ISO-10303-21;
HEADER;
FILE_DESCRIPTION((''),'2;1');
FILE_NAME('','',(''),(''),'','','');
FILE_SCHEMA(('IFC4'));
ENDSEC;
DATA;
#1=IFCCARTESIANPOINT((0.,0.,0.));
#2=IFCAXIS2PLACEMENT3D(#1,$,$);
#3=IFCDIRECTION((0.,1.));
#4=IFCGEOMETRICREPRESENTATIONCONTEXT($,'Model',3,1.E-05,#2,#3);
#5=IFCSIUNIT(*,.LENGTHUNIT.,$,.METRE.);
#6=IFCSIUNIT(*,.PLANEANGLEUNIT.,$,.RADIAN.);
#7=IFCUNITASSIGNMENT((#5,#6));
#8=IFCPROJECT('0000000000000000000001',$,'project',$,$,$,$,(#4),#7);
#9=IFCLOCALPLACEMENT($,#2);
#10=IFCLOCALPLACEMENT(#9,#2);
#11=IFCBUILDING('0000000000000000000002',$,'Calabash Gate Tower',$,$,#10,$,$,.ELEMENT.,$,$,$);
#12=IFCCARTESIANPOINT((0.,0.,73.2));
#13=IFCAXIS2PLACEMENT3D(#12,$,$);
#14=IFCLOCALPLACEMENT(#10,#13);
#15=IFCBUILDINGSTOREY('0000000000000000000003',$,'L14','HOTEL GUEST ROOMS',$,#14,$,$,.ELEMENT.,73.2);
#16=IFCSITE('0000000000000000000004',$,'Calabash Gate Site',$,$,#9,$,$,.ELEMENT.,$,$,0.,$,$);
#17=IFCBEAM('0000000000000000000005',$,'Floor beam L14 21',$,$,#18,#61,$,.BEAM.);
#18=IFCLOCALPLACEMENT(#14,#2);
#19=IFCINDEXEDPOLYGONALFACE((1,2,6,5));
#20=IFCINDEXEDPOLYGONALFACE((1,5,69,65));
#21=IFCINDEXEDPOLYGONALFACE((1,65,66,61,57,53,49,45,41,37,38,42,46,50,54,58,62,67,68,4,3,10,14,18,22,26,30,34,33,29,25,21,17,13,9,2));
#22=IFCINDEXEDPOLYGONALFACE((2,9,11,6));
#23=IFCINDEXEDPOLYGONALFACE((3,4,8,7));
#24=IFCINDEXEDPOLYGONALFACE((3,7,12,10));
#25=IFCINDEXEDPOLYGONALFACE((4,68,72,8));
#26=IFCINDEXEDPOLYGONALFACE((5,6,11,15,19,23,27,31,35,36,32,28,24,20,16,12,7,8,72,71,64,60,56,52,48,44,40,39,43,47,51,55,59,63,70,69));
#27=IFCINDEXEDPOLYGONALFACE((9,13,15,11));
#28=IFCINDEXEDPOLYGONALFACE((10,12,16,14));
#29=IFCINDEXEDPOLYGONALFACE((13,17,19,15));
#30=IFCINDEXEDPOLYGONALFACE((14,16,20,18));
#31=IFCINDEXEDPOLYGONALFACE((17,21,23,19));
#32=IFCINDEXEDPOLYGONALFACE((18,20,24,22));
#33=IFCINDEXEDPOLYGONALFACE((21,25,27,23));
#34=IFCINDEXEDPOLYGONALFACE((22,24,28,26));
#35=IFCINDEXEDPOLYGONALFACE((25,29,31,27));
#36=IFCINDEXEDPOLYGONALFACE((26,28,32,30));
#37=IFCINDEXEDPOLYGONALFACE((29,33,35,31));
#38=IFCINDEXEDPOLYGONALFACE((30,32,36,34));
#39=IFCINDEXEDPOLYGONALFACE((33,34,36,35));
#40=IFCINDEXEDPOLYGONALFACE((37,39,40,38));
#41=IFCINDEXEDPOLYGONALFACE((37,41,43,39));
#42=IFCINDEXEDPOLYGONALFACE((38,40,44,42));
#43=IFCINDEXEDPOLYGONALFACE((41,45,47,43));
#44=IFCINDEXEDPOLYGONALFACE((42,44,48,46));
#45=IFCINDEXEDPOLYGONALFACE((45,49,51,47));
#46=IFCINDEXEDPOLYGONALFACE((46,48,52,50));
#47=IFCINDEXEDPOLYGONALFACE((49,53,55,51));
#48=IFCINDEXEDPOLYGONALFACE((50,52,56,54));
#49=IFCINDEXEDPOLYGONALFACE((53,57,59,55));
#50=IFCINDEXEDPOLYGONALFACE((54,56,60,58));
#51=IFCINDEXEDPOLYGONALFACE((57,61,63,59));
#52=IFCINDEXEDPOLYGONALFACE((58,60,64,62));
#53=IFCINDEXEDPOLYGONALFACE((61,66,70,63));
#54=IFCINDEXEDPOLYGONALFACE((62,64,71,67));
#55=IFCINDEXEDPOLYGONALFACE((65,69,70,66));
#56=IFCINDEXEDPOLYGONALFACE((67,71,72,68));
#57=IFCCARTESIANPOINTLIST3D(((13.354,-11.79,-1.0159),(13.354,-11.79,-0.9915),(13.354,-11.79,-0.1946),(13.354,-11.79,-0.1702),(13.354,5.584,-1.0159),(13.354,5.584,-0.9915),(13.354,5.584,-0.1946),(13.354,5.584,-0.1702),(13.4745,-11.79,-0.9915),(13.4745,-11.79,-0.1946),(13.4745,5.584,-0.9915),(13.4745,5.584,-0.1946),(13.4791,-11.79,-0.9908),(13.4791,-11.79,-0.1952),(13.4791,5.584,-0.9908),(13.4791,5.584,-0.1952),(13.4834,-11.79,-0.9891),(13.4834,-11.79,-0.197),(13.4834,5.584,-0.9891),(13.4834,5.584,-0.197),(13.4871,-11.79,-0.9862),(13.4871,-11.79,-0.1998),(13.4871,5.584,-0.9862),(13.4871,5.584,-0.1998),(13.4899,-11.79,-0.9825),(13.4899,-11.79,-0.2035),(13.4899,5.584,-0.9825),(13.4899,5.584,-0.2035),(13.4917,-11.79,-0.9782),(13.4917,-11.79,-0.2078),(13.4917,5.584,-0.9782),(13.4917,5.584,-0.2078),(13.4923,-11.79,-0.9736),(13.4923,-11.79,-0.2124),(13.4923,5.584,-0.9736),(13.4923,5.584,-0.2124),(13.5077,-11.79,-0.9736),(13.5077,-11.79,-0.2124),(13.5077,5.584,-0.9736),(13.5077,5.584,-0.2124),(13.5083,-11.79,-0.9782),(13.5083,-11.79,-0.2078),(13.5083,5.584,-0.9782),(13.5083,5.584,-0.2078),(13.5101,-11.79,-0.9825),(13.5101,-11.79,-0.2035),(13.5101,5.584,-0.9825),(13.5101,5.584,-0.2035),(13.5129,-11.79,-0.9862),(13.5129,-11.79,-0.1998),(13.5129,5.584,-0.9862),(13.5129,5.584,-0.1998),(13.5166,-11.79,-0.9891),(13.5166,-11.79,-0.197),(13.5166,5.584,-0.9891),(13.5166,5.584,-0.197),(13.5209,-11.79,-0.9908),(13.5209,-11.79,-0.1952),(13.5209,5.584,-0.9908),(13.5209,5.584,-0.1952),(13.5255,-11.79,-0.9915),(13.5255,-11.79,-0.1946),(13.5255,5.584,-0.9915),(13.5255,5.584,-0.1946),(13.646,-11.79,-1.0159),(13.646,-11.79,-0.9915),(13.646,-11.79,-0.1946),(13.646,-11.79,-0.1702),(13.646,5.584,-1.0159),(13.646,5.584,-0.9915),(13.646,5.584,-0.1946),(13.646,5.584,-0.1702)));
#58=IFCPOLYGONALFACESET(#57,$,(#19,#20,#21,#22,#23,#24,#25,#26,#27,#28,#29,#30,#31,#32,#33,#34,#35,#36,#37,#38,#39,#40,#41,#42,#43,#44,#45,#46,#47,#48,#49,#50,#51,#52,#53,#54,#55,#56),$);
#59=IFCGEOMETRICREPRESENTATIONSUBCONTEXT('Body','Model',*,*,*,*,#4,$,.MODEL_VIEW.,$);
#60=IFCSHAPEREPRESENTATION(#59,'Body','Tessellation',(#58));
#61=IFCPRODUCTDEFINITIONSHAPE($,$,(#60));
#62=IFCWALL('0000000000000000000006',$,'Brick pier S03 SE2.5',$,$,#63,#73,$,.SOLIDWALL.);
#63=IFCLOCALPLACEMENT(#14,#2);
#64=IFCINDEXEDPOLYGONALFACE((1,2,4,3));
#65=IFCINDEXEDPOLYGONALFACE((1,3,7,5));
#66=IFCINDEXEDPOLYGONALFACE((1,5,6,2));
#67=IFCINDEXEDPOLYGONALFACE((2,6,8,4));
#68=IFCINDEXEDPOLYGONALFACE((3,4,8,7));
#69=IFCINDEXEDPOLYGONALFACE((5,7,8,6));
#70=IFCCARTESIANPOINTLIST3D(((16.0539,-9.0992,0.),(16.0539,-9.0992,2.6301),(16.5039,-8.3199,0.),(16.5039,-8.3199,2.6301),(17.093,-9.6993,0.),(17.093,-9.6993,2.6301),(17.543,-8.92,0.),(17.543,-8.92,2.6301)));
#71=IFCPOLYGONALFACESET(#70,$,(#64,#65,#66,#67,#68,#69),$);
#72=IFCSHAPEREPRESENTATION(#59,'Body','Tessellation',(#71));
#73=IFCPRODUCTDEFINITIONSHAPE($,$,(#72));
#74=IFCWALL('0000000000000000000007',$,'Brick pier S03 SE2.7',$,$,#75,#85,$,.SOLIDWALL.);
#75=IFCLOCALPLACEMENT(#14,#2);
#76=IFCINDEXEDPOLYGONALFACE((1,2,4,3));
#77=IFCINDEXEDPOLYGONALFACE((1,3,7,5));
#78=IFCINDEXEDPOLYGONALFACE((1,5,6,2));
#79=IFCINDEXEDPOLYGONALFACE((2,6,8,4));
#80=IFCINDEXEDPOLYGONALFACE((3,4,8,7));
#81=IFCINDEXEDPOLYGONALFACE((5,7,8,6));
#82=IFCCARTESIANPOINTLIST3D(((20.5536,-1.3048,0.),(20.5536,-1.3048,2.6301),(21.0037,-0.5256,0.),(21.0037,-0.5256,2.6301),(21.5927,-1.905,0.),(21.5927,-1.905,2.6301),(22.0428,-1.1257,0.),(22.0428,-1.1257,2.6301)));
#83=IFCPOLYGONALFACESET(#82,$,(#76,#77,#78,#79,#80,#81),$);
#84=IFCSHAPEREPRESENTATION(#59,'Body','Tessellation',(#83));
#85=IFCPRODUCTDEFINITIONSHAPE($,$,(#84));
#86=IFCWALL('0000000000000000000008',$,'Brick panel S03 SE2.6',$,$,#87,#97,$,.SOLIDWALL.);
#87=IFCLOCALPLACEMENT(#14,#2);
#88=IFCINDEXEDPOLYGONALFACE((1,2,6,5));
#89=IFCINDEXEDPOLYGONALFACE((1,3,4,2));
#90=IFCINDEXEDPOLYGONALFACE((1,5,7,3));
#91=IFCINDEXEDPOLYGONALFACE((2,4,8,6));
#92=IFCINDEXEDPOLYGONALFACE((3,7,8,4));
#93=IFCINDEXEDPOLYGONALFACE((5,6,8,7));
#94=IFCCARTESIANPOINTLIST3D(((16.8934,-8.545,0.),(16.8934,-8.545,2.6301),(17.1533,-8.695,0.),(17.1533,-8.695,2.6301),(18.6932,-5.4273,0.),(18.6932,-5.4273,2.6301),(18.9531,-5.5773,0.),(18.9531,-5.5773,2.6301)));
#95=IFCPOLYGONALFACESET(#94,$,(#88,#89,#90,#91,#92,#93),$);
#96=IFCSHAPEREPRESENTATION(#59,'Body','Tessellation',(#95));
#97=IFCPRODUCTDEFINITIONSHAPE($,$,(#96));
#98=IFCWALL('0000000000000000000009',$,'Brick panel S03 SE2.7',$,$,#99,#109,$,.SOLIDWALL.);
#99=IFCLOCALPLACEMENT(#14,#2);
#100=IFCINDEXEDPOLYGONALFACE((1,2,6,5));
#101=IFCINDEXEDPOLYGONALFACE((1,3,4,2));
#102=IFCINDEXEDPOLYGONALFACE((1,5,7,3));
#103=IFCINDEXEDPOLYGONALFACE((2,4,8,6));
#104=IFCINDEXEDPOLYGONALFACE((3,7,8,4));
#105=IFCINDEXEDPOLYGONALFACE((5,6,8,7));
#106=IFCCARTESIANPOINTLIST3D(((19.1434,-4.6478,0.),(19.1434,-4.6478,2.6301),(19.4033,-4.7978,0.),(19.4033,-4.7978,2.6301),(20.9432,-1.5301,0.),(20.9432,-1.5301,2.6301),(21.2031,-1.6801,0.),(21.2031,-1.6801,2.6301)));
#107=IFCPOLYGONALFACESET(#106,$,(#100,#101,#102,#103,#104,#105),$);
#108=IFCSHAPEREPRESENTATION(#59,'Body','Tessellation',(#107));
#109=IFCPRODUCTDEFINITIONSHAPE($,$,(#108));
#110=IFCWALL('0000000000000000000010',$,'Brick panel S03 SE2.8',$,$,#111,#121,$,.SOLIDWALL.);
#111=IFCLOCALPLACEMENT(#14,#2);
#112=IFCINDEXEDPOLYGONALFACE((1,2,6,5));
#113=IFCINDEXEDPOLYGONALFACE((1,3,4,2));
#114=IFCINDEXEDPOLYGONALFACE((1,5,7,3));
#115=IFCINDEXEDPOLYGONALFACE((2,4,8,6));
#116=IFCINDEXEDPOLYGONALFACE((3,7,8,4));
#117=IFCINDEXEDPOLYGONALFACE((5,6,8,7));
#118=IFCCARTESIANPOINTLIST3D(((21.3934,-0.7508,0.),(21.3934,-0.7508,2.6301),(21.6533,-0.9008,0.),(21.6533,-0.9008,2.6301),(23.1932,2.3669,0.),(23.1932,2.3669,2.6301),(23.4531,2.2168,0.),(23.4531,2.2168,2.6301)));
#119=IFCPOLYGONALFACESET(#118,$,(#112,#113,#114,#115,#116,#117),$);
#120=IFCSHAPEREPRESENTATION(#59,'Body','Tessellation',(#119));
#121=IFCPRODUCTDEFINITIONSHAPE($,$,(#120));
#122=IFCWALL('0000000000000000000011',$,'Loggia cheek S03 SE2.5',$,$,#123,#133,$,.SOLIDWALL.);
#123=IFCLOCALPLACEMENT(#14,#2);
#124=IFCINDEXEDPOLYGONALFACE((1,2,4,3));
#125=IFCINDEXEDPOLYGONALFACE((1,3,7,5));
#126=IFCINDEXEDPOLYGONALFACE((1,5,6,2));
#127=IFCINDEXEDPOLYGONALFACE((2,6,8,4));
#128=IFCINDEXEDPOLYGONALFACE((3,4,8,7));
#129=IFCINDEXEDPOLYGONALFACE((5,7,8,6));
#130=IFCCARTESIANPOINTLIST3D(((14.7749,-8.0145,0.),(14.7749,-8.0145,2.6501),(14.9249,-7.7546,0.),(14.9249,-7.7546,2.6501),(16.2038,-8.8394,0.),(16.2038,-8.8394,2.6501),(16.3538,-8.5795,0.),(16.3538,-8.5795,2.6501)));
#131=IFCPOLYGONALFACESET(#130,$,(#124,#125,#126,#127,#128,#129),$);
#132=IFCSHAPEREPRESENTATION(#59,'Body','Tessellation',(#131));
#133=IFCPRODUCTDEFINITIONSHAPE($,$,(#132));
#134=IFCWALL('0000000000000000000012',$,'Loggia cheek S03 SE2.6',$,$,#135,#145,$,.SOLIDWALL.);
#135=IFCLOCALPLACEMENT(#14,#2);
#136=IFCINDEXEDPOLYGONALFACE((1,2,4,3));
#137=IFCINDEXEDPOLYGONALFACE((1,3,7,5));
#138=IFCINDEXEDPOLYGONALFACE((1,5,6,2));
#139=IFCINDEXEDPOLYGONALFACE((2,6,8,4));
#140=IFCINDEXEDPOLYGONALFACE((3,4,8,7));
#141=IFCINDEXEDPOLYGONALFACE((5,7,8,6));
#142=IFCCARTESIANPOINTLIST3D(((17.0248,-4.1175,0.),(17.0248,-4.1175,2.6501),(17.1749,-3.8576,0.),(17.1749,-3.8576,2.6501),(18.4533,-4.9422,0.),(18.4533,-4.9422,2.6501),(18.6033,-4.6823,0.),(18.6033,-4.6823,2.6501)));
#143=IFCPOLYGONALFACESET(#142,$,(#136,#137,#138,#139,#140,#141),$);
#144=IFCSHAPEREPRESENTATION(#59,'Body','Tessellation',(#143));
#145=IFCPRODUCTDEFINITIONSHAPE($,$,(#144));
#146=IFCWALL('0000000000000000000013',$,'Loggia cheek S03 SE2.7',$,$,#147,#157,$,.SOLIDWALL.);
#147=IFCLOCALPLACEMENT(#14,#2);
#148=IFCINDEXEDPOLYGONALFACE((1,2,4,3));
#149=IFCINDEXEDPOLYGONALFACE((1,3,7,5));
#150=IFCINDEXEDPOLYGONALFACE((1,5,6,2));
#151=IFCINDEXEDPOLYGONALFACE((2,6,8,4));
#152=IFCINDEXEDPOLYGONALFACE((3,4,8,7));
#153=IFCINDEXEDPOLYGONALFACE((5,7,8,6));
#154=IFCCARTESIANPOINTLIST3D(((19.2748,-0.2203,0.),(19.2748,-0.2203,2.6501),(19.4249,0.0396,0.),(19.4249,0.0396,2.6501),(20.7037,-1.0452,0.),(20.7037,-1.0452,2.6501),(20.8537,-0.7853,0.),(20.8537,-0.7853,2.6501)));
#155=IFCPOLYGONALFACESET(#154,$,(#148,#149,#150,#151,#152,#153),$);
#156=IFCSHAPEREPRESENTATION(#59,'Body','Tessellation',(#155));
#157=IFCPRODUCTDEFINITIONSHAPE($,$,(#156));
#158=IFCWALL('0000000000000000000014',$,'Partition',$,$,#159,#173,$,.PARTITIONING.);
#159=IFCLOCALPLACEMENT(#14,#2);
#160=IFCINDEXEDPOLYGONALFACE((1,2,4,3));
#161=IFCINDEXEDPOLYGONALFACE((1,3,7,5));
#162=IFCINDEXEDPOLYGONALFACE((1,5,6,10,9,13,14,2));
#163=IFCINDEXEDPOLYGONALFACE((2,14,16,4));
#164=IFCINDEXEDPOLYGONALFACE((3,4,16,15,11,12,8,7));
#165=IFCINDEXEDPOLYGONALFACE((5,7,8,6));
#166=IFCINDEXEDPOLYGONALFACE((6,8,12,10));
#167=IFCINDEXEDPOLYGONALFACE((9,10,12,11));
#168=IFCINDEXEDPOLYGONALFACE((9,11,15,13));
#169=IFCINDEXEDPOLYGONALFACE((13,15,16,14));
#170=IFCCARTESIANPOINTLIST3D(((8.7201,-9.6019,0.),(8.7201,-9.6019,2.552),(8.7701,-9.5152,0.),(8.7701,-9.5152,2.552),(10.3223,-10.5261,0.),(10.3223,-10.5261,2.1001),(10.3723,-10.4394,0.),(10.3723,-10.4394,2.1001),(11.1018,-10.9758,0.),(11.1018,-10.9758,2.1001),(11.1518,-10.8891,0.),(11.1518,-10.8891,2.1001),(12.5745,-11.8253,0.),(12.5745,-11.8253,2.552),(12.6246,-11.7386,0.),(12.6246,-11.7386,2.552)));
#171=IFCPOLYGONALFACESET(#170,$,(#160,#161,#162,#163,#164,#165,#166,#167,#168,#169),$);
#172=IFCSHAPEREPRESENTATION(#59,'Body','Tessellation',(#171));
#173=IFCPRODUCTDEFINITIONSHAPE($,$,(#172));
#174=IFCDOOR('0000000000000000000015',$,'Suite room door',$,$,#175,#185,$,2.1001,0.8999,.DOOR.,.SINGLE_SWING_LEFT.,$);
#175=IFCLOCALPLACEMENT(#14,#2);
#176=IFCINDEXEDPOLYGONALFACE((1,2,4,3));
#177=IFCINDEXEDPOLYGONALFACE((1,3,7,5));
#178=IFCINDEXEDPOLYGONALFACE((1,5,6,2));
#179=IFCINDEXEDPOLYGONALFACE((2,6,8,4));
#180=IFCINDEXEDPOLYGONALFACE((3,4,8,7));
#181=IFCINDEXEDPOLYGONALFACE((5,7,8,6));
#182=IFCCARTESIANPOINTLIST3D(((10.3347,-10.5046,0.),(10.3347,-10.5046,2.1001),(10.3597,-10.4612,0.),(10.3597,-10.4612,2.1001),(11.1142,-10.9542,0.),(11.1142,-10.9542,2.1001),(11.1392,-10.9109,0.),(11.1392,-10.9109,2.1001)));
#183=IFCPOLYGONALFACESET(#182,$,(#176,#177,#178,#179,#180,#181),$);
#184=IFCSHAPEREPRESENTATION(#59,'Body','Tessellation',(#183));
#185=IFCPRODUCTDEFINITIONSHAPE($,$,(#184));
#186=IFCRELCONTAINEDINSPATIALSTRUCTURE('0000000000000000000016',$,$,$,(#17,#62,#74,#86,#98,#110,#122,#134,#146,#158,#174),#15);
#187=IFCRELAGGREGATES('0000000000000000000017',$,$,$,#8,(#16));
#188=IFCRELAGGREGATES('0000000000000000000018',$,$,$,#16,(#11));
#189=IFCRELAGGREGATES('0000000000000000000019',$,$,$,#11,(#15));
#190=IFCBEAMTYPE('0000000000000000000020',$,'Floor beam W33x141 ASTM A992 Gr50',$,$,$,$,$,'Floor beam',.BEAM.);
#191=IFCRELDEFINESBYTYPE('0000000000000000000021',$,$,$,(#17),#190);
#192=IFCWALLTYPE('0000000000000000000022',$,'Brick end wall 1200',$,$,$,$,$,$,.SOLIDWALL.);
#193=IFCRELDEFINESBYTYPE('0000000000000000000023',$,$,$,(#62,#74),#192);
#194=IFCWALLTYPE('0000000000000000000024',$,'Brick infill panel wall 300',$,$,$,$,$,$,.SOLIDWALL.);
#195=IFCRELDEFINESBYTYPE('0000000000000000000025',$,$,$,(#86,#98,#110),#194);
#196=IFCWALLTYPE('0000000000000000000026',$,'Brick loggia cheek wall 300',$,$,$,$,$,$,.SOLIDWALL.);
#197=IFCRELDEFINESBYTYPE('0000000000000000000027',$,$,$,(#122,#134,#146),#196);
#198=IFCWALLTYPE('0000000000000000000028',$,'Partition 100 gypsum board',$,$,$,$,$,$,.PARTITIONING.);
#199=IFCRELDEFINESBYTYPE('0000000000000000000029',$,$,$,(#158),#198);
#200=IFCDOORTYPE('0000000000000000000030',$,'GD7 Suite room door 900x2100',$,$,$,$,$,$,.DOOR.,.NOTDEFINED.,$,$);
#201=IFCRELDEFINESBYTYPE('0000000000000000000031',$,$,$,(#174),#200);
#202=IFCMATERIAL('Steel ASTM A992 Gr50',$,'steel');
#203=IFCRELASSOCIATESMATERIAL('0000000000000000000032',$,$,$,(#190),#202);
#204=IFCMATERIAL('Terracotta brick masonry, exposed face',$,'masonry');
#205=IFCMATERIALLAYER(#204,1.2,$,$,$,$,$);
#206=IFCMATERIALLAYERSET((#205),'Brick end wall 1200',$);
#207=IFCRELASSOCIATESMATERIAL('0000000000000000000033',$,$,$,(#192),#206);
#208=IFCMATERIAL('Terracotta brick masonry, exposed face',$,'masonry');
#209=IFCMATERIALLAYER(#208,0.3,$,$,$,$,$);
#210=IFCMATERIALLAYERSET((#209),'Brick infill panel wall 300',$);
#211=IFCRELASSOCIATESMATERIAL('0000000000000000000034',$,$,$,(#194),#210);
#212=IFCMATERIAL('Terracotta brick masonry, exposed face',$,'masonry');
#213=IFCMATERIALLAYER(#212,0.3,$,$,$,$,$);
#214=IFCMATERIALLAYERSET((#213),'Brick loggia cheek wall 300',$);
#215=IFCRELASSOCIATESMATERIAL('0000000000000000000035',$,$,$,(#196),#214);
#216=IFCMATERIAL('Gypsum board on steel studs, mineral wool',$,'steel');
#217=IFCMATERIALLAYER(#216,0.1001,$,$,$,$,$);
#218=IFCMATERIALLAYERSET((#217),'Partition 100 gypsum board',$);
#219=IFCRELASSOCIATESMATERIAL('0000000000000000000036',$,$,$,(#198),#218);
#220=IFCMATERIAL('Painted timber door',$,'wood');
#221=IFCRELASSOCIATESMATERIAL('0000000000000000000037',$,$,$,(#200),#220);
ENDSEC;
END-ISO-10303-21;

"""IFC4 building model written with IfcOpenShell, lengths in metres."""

from ifc_helpers import new_model, si_unit, direction, frame, frame_2d, origin, origin_2d, place, context, subcontext, project, spatial, rectangle, i_section, extrude, material, layer, layer_set, material_profile, profile_set, type_object, element, fill, save


model = new_model("IFC4")

# Units and contexts
model_context = context("Model", 3, precision=1e-05, world=origin(), true_north=direction((0.0, 1.0)))
body_context = subcontext(model_context, "Body", "Model", "MODEL_VIEW")
ifc_project = project(units=[si_unit("LENGTHUNIT", "METRE"), si_unit("PLANEANGLEUNIT", "RADIAN")], contexts=[model_context])

# Site, building, storey
site_placement = place(None, origin())
site = spatial("IfcSite", under=ifc_project, at=site_placement, Name="Calabash Gate Site", CompositionType="ELEMENT", RefElevation=0.0)
building_placement = place(site_placement, origin())
building = spatial("IfcBuilding", under=site, at=building_placement, Name="Calabash Gate Tower", CompositionType="ELEMENT")
storey_placement = place(building_placement, frame((0.0, 0.0, 73.2)))
storey = spatial("IfcBuildingStorey", under=building, at=storey_placement, Name="L14", Description="HOTEL GUEST ROOMS", CompositionType="ELEMENT", Elevation=73.2)

# Beam
ifc_material_1 = material(Name="Steel ASTM A992 Gr50", Category="steel")
ifc_material_profile_1 = material_profile(ifc_material_1, i_section(OverallWidth=0.292, OverallDepth=0.8457, WebThickness=0.0154, FlangeThickness=0.0244, FilletRadius=0.0178, at=origin_2d()))
ifc_profile_set_1 = profile_set([ifc_material_profile_1], Name="Steel ASTM A992 Gr50")
beam_type_1 = type_object("IfcBeamType", Name="Floor beam W33x141 ASTM A992 Gr50", ElementType="Floor beam", PredefinedType="BEAM", material=ifc_profile_set_1)
beam_1_placement = place(storey_placement, frame((13.5, -11.79, -0.593), z_axis=(0.0, 1.0, 0.0), x_axis=(-1.0, 0.0, 0.0)))
element("IfcBeam", 1, at=beam_1_placement, inside=storey, type_object=beam_type_1, Name="Floor beam L14 21", PredefinedType="BEAM", context=body_context, shape_type="SweptSolid", body=[
    extrude(i_section(OverallWidth=0.292, OverallDepth=0.8457, WebThickness=0.0154, FlangeThickness=0.0244, FilletRadius=0.0178, at=origin_2d()), origin(), (0.0, 0.0, 1.0), 17.374),
])

# Walls
ifc_material_2 = material(Name="Terracotta brick masonry, exposed face", Category="masonry")
ifc_layer_1 = layer(ifc_material_2, 1.2)
ifc_layer_set_1 = layer_set([ifc_layer_1], Name="Brick end wall 1200")
wall_type_1 = type_object("IfcWallType", Name="Brick end wall 1200", PredefinedType="SOLIDWALL", material=ifc_layer_set_1)
for number, where, z_axis, x_axis, name in (
    (2, (16.2788, -8.7095, 0.0), (0.0, 0.0, 1.0), (0.865955, -0.500122, 0.0), "Brick pier S03 SE2.5"),
    (3, (21.8179, -1.5154, 0.0), (0.0, 0.0, 1.0), (-0.865955, 0.500122, 0.0), "Brick pier S03 SE2.7"),
):
    element("IfcWall", number, at=place(storey_placement, frame(where, z_axis=z_axis, x_axis=x_axis)), inside=storey, type_object=wall_type_1, Name=name, PredefinedType="SOLIDWALL", context=body_context, shape_type="SweptSolid", body=[
        extrude(rectangle(XDim=1.2, YDim=0.8999, at=frame_2d((0.6001, 0.0))), origin(), (0.0, 0.0, 1.0), 2.6301),
    ])
ifc_material_3 = material(Name="Terracotta brick masonry, exposed face", Category="masonry")
ifc_layer_2 = layer(ifc_material_3, 0.3)
ifc_layer_set_2 = layer_set([ifc_layer_2], Name="Brick infill panel wall 300")
wall_type_2 = type_object("IfcWallType", Name="Brick infill panel wall 300", PredefinedType="SOLIDWALL", material=ifc_layer_set_2)
for number, where, z_axis, x_axis, name in (
    (4, (17.0234, -8.6199, 0.0), (0.0, 0.0, 1.0), (0.499961, 0.866048, 0.0), "Brick panel S03 SE2.6"),
    (5, (19.2734, -4.7227, 0.0), (0.0, 0.0, 1.0), (0.499961, 0.866048, 0.0), "Brick panel S03 SE2.7"),
    (6, (21.5234, -0.8257, 0.0), (0.0, 0.0, 1.0), (0.499961, 0.866048, 0.0), "Brick panel S03 SE2.8"),
):
    element("IfcWall", number, at=place(storey_placement, frame(where, z_axis=z_axis, x_axis=x_axis)), inside=storey, type_object=wall_type_2, Name=name, PredefinedType="SOLIDWALL", context=body_context, shape_type="SweptSolid", body=[
        extrude(rectangle(XDim=3.5999, YDim=0.3, at=frame_2d((1.7998, 0.0))), origin(), (0.0, 0.0, 1.0), 2.6301),
    ])
ifc_material_4 = material(Name="Terracotta brick masonry, exposed face", Category="masonry")
ifc_layer_3 = layer(ifc_material_4, 0.3)
ifc_layer_set_3 = layer_set([ifc_layer_3], Name="Brick loggia cheek wall 300")
wall_type_3 = type_object("IfcWallType", Name="Brick loggia cheek wall 300", PredefinedType="SOLIDWALL", material=ifc_layer_set_3)
wall_1_placement = place(storey_placement, frame((16.2788, -8.7095, 0.0), z_axis=(0.0, 0.0, 1.0), x_axis=(-0.86604, 0.499974, 0.0)))
element("IfcWall", 7, at=wall_1_placement, inside=storey, type_object=wall_type_3, Name="Loggia cheek S03 SE2.5", PredefinedType="SOLIDWALL", context=body_context, shape_type="SweptSolid", body=[
    extrude(rectangle(XDim=1.6499, YDim=0.3, at=frame_2d((0.825, 0.0))), origin(), (0.0, 0.0, 1.0), 2.6501),
])
wall_2_placement = place(storey_placement, frame((17.0999, -3.9875, 0.0), z_axis=(0.0, 0.0, 1.0), x_axis=(0.86603, -0.499992, 0.0)))
element("IfcWall", 8, at=wall_2_placement, inside=storey, type_object=wall_type_3, Name="Loggia cheek S03 SE2.6", PredefinedType="SOLIDWALL", context=body_context, shape_type="SweptSolid", body=[
    extrude(rectangle(XDim=1.6494, YDim=0.3, at=frame_2d((0.8247, 0.0))), origin(), (0.0, 0.0, 1.0), 2.6501),
])
wall_3_placement = place(storey_placement, frame((19.3499, -0.0903, 0.0), z_axis=(0.0, 0.0, 1.0), x_axis=(0.86604, -0.499974, 0.0)))
element("IfcWall", 9, at=wall_3_placement, inside=storey, type_object=wall_type_3, Name="Loggia cheek S03 SE2.7", PredefinedType="SOLIDWALL", context=body_context, shape_type="SweptSolid", body=[
    extrude(rectangle(XDim=1.6499, YDim=0.3, at=frame_2d((0.825, 0.0))), origin(), (0.0, 0.0, 1.0), 2.6501),
])

# Wall, opening, door
ifc_material_5 = material(Name="Gypsum board on steel studs, mineral wool", Category="steel")
ifc_layer_4 = layer(ifc_material_5, 0.1001)
ifc_layer_set_4 = layer_set([ifc_layer_4], Name="Partition 100 gypsum board")
wall_type_4 = type_object("IfcWallType", Name="Partition 100 gypsum board", PredefinedType="PARTITIONING", material=ifc_layer_set_4)
wall_4_placement = place(storey_placement, frame((8.7451, -9.5586, 0.0), z_axis=(0.0, 0.0, 1.0), x_axis=(0.86622, -0.499662, 0.0)))
wall_4 = element("IfcWall", 10, at=wall_4_placement, inside=storey, type_object=wall_type_4, Name="Partition", PredefinedType="PARTITIONING", context=body_context, shape_type="SweptSolid", body=[
    extrude(rectangle(XDim=4.4497, YDim=0.1001, at=frame_2d((2.2249, 0.0))), origin(), (0.0, 0.0, 1.0), 2.552),
])
opening_1_placement = place(wall_4_placement, frame((1.8496, 0.0, 0.0)))
opening_1 = element("IfcOpeningElement", 11, at=opening_1_placement, cuts=wall_4, PredefinedType="OPENING", context=body_context, shape_type="SweptSolid", body=[
    extrude(rectangle(XDim=0.8999, YDim=2.1001, at=frame_2d((0.45, 1.05))), frame((0.0, 0.0601, 0.0), z_axis=(0.0, -1.0, 0.0), x_axis=(1.0, 0.0, 0.0)), (0.0, 0.0, 1.0), 0.1201),
])
ifc_material_6 = material(Name="Painted timber door", Category="wood")
door_type_1 = type_object("IfcDoorType", Name="GD7 Suite room door 900x2100", OperationType="NOTDEFINED", PredefinedType="DOOR", material=ifc_material_6)
door_1_placement = place(opening_1_placement, origin())
door_1 = element("IfcDoor", 12, at=door_1_placement, inside=storey, type_object=door_type_1, Name="Suite room door", OperationType="SINGLE_SWING_LEFT", OverallHeight=2.1001, OverallWidth=0.8999, PredefinedType="DOOR", context=body_context, shape_type="SweptSolid", body=[
    extrude(rectangle(XDim=0.8999, YDim=2.1001, at=frame_2d((0.45, 1.05))), frame((0.0, 0.0249, 0.0), z_axis=(0.0, -1.0, 0.0), x_axis=(1.0, 0.0, 0.0)), (0.0, 0.0, 1.0), 0.05),
])
fill(opening_1, door_1)

save(model, "model.ifc")
